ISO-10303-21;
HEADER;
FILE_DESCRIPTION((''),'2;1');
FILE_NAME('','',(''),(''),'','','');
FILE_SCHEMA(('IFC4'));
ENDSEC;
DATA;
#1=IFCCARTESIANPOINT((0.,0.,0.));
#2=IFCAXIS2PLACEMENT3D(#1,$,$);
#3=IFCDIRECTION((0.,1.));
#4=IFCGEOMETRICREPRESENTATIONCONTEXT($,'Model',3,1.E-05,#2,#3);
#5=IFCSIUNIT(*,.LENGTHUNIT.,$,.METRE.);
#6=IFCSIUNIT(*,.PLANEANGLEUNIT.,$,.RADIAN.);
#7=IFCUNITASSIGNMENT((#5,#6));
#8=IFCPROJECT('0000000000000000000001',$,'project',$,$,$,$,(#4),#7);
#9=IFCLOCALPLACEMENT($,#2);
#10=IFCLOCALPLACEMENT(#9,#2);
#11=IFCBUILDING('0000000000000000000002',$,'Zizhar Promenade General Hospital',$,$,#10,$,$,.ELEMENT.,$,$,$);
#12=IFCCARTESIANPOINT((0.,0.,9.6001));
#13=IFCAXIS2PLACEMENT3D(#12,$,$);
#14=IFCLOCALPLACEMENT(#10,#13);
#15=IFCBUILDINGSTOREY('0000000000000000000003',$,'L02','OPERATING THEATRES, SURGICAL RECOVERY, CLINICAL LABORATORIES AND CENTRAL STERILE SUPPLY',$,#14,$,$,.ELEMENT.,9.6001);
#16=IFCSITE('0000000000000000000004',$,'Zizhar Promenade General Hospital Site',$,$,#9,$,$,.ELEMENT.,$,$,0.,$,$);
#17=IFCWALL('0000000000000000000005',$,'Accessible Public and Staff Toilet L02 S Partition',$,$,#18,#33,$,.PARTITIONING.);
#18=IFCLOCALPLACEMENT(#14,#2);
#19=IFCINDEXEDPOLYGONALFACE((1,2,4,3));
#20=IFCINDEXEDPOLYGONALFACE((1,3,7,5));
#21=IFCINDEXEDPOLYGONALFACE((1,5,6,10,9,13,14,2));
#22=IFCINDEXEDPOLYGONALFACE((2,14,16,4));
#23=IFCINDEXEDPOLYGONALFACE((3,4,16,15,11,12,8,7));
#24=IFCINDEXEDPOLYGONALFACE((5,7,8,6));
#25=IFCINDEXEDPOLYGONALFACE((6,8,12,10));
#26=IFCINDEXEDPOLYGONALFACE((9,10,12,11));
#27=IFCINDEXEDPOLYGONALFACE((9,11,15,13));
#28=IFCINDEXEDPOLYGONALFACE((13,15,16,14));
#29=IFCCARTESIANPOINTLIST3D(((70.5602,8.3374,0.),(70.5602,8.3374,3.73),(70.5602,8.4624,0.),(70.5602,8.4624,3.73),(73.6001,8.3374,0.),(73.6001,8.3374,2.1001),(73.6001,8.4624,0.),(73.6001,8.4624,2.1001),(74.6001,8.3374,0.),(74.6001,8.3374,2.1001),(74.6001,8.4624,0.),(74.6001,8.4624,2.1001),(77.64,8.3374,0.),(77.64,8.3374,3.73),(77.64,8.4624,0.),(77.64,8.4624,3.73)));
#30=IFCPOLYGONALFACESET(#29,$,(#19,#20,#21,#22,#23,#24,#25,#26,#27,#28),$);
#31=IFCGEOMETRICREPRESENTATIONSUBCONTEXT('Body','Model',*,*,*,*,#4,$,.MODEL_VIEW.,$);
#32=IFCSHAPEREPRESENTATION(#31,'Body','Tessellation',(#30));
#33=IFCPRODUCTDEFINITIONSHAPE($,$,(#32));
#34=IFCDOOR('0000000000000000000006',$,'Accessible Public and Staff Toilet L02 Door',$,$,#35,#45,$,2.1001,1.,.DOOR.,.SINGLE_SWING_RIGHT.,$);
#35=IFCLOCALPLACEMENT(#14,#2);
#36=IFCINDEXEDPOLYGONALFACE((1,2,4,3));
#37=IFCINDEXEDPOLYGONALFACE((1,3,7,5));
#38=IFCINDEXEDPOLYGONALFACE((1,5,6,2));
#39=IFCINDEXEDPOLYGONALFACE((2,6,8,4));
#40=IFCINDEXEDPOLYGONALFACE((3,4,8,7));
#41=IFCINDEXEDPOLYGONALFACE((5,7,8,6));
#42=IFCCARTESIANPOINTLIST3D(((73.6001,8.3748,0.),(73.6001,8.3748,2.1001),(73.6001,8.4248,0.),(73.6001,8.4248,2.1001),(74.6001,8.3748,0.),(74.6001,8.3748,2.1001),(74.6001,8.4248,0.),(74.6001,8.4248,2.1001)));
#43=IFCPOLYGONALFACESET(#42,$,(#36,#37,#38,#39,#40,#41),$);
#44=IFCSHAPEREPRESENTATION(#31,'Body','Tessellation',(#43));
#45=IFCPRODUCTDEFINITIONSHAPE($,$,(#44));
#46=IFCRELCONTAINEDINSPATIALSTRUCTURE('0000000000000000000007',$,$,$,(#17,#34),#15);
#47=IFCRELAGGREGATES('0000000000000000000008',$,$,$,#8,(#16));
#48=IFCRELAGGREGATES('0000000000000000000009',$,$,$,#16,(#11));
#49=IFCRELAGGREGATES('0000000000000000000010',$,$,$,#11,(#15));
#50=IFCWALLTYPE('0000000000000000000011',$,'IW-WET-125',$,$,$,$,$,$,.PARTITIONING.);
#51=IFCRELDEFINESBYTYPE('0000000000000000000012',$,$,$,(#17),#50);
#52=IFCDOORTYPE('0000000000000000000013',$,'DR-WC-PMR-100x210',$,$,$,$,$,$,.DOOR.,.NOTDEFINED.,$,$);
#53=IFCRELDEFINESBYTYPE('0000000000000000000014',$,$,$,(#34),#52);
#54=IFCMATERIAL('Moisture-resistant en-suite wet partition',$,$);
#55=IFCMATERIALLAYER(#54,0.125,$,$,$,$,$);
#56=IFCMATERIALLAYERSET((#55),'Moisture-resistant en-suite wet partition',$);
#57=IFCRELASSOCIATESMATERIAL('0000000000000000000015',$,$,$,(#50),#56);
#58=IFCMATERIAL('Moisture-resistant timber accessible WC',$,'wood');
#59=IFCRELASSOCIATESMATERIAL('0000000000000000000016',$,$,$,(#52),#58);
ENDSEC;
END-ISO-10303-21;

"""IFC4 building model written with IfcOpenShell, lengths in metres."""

from ifc_helpers import new_model, si_unit, direction, frame, frame_2d, origin, place, context, subcontext, project, spatial, rectangle, extrude, material, layer, layer_set, type_object, element, fill, save


model = new_model("IFC4")

# Units and contexts
model_context = context("Model", 3, precision=1e-05, world=origin(), true_north=direction((0.0, 1.0)))
body_context = subcontext(model_context, "Body", "Model", "MODEL_VIEW")
ifc_project = project(units=[si_unit("LENGTHUNIT", "METRE"), si_unit("PLANEANGLEUNIT", "RADIAN")], contexts=[model_context])

# Site, building, storey
site_placement = place(None, origin())
site = spatial("IfcSite", under=ifc_project, at=site_placement, Name="Zizhar Promenade General Hospital Site", CompositionType="ELEMENT", RefElevation=0.0)
building_placement = place(site_placement, origin())
building = spatial("IfcBuilding", under=site, at=building_placement, Name="Zizhar Promenade General Hospital", CompositionType="ELEMENT")
storey_placement = place(building_placement, frame((0.0, 0.0, 9.6001)))
storey = spatial("IfcBuildingStorey", under=building, at=storey_placement, Name="L02", Description="OPERATING THEATRES, SURGICAL RECOVERY, CLINICAL LABORATORIES AND CENTRAL STERILE SUPPLY", CompositionType="ELEMENT", Elevation=9.6001)

# Wall, opening, door
ifc_material_1 = material(Name="Moisture-resistant en-suite wet partition")
ifc_layer_1 = layer(ifc_material_1, 0.125)
ifc_layer_set_1 = layer_set([ifc_layer_1], Name="Moisture-resistant en-suite wet partition")
wall_type = type_object("IfcWallType", Name="IW-WET-125", PredefinedType="PARTITIONING", material=ifc_layer_set_1)
wall_placement = place(storey_placement, frame((70.5601, 8.3999, 0.0), z_axis=(0.0, 0.0, 1.0), x_axis=(1.0, 0.0, 0.0)))
wall = element("IfcWall", 1, at=wall_placement, inside=storey, type_object=wall_type, Name="Accessible Public and Staff Toilet L02 S Partition", PredefinedType="PARTITIONING", context=body_context, shape_type="SweptSolid", body=[
    extrude(rectangle(XDim=7.0798, YDim=0.125, at=frame_2d((3.54, 0.0))), origin(), (0.0, 0.0, 1.0), 3.73),
])
opening_placement = place(wall_placement, frame((3.04, 0.0, 0.0)))
opening = element("IfcOpeningElement", 2, at=opening_placement, cuts=wall, PredefinedType="OPENING", context=body_context, shape_type="SweptSolid", body=[
    extrude(rectangle(XDim=1.0, YDim=2.1001, at=frame_2d((0.5, 1.05))), frame((0.0, 0.0725, 0.0), z_axis=(0.0, -1.0, 0.0), x_axis=(1.0, 0.0, 0.0)), (0.0, 0.0, 1.0), 0.145),
])
ifc_material_2 = material(Name="Moisture-resistant timber accessible WC", Category="wood")
door_type = type_object("IfcDoorType", Name="DR-WC-PMR-100x210", OperationType="NOTDEFINED", PredefinedType="DOOR", material=ifc_material_2)
door_placement = place(opening_placement, origin())
door = element("IfcDoor", 3, at=door_placement, inside=storey, type_object=door_type, Name="Accessible Public and Staff Toilet L02 Door", OperationType="SINGLE_SWING_RIGHT", OverallHeight=2.1001, OverallWidth=1.0, PredefinedType="DOOR", context=body_context, shape_type="SweptSolid", body=[
    extrude(rectangle(XDim=1.0, YDim=2.1001, at=frame_2d((0.5, 1.05))), frame((0.0, 0.0249, 0.0), z_axis=(0.0, -1.0, 0.0), x_axis=(1.0, 0.0, 0.0)), (0.0, 0.0, 1.0), 0.05),
])
fill(opening, door)

save(model, "model.ifc")
